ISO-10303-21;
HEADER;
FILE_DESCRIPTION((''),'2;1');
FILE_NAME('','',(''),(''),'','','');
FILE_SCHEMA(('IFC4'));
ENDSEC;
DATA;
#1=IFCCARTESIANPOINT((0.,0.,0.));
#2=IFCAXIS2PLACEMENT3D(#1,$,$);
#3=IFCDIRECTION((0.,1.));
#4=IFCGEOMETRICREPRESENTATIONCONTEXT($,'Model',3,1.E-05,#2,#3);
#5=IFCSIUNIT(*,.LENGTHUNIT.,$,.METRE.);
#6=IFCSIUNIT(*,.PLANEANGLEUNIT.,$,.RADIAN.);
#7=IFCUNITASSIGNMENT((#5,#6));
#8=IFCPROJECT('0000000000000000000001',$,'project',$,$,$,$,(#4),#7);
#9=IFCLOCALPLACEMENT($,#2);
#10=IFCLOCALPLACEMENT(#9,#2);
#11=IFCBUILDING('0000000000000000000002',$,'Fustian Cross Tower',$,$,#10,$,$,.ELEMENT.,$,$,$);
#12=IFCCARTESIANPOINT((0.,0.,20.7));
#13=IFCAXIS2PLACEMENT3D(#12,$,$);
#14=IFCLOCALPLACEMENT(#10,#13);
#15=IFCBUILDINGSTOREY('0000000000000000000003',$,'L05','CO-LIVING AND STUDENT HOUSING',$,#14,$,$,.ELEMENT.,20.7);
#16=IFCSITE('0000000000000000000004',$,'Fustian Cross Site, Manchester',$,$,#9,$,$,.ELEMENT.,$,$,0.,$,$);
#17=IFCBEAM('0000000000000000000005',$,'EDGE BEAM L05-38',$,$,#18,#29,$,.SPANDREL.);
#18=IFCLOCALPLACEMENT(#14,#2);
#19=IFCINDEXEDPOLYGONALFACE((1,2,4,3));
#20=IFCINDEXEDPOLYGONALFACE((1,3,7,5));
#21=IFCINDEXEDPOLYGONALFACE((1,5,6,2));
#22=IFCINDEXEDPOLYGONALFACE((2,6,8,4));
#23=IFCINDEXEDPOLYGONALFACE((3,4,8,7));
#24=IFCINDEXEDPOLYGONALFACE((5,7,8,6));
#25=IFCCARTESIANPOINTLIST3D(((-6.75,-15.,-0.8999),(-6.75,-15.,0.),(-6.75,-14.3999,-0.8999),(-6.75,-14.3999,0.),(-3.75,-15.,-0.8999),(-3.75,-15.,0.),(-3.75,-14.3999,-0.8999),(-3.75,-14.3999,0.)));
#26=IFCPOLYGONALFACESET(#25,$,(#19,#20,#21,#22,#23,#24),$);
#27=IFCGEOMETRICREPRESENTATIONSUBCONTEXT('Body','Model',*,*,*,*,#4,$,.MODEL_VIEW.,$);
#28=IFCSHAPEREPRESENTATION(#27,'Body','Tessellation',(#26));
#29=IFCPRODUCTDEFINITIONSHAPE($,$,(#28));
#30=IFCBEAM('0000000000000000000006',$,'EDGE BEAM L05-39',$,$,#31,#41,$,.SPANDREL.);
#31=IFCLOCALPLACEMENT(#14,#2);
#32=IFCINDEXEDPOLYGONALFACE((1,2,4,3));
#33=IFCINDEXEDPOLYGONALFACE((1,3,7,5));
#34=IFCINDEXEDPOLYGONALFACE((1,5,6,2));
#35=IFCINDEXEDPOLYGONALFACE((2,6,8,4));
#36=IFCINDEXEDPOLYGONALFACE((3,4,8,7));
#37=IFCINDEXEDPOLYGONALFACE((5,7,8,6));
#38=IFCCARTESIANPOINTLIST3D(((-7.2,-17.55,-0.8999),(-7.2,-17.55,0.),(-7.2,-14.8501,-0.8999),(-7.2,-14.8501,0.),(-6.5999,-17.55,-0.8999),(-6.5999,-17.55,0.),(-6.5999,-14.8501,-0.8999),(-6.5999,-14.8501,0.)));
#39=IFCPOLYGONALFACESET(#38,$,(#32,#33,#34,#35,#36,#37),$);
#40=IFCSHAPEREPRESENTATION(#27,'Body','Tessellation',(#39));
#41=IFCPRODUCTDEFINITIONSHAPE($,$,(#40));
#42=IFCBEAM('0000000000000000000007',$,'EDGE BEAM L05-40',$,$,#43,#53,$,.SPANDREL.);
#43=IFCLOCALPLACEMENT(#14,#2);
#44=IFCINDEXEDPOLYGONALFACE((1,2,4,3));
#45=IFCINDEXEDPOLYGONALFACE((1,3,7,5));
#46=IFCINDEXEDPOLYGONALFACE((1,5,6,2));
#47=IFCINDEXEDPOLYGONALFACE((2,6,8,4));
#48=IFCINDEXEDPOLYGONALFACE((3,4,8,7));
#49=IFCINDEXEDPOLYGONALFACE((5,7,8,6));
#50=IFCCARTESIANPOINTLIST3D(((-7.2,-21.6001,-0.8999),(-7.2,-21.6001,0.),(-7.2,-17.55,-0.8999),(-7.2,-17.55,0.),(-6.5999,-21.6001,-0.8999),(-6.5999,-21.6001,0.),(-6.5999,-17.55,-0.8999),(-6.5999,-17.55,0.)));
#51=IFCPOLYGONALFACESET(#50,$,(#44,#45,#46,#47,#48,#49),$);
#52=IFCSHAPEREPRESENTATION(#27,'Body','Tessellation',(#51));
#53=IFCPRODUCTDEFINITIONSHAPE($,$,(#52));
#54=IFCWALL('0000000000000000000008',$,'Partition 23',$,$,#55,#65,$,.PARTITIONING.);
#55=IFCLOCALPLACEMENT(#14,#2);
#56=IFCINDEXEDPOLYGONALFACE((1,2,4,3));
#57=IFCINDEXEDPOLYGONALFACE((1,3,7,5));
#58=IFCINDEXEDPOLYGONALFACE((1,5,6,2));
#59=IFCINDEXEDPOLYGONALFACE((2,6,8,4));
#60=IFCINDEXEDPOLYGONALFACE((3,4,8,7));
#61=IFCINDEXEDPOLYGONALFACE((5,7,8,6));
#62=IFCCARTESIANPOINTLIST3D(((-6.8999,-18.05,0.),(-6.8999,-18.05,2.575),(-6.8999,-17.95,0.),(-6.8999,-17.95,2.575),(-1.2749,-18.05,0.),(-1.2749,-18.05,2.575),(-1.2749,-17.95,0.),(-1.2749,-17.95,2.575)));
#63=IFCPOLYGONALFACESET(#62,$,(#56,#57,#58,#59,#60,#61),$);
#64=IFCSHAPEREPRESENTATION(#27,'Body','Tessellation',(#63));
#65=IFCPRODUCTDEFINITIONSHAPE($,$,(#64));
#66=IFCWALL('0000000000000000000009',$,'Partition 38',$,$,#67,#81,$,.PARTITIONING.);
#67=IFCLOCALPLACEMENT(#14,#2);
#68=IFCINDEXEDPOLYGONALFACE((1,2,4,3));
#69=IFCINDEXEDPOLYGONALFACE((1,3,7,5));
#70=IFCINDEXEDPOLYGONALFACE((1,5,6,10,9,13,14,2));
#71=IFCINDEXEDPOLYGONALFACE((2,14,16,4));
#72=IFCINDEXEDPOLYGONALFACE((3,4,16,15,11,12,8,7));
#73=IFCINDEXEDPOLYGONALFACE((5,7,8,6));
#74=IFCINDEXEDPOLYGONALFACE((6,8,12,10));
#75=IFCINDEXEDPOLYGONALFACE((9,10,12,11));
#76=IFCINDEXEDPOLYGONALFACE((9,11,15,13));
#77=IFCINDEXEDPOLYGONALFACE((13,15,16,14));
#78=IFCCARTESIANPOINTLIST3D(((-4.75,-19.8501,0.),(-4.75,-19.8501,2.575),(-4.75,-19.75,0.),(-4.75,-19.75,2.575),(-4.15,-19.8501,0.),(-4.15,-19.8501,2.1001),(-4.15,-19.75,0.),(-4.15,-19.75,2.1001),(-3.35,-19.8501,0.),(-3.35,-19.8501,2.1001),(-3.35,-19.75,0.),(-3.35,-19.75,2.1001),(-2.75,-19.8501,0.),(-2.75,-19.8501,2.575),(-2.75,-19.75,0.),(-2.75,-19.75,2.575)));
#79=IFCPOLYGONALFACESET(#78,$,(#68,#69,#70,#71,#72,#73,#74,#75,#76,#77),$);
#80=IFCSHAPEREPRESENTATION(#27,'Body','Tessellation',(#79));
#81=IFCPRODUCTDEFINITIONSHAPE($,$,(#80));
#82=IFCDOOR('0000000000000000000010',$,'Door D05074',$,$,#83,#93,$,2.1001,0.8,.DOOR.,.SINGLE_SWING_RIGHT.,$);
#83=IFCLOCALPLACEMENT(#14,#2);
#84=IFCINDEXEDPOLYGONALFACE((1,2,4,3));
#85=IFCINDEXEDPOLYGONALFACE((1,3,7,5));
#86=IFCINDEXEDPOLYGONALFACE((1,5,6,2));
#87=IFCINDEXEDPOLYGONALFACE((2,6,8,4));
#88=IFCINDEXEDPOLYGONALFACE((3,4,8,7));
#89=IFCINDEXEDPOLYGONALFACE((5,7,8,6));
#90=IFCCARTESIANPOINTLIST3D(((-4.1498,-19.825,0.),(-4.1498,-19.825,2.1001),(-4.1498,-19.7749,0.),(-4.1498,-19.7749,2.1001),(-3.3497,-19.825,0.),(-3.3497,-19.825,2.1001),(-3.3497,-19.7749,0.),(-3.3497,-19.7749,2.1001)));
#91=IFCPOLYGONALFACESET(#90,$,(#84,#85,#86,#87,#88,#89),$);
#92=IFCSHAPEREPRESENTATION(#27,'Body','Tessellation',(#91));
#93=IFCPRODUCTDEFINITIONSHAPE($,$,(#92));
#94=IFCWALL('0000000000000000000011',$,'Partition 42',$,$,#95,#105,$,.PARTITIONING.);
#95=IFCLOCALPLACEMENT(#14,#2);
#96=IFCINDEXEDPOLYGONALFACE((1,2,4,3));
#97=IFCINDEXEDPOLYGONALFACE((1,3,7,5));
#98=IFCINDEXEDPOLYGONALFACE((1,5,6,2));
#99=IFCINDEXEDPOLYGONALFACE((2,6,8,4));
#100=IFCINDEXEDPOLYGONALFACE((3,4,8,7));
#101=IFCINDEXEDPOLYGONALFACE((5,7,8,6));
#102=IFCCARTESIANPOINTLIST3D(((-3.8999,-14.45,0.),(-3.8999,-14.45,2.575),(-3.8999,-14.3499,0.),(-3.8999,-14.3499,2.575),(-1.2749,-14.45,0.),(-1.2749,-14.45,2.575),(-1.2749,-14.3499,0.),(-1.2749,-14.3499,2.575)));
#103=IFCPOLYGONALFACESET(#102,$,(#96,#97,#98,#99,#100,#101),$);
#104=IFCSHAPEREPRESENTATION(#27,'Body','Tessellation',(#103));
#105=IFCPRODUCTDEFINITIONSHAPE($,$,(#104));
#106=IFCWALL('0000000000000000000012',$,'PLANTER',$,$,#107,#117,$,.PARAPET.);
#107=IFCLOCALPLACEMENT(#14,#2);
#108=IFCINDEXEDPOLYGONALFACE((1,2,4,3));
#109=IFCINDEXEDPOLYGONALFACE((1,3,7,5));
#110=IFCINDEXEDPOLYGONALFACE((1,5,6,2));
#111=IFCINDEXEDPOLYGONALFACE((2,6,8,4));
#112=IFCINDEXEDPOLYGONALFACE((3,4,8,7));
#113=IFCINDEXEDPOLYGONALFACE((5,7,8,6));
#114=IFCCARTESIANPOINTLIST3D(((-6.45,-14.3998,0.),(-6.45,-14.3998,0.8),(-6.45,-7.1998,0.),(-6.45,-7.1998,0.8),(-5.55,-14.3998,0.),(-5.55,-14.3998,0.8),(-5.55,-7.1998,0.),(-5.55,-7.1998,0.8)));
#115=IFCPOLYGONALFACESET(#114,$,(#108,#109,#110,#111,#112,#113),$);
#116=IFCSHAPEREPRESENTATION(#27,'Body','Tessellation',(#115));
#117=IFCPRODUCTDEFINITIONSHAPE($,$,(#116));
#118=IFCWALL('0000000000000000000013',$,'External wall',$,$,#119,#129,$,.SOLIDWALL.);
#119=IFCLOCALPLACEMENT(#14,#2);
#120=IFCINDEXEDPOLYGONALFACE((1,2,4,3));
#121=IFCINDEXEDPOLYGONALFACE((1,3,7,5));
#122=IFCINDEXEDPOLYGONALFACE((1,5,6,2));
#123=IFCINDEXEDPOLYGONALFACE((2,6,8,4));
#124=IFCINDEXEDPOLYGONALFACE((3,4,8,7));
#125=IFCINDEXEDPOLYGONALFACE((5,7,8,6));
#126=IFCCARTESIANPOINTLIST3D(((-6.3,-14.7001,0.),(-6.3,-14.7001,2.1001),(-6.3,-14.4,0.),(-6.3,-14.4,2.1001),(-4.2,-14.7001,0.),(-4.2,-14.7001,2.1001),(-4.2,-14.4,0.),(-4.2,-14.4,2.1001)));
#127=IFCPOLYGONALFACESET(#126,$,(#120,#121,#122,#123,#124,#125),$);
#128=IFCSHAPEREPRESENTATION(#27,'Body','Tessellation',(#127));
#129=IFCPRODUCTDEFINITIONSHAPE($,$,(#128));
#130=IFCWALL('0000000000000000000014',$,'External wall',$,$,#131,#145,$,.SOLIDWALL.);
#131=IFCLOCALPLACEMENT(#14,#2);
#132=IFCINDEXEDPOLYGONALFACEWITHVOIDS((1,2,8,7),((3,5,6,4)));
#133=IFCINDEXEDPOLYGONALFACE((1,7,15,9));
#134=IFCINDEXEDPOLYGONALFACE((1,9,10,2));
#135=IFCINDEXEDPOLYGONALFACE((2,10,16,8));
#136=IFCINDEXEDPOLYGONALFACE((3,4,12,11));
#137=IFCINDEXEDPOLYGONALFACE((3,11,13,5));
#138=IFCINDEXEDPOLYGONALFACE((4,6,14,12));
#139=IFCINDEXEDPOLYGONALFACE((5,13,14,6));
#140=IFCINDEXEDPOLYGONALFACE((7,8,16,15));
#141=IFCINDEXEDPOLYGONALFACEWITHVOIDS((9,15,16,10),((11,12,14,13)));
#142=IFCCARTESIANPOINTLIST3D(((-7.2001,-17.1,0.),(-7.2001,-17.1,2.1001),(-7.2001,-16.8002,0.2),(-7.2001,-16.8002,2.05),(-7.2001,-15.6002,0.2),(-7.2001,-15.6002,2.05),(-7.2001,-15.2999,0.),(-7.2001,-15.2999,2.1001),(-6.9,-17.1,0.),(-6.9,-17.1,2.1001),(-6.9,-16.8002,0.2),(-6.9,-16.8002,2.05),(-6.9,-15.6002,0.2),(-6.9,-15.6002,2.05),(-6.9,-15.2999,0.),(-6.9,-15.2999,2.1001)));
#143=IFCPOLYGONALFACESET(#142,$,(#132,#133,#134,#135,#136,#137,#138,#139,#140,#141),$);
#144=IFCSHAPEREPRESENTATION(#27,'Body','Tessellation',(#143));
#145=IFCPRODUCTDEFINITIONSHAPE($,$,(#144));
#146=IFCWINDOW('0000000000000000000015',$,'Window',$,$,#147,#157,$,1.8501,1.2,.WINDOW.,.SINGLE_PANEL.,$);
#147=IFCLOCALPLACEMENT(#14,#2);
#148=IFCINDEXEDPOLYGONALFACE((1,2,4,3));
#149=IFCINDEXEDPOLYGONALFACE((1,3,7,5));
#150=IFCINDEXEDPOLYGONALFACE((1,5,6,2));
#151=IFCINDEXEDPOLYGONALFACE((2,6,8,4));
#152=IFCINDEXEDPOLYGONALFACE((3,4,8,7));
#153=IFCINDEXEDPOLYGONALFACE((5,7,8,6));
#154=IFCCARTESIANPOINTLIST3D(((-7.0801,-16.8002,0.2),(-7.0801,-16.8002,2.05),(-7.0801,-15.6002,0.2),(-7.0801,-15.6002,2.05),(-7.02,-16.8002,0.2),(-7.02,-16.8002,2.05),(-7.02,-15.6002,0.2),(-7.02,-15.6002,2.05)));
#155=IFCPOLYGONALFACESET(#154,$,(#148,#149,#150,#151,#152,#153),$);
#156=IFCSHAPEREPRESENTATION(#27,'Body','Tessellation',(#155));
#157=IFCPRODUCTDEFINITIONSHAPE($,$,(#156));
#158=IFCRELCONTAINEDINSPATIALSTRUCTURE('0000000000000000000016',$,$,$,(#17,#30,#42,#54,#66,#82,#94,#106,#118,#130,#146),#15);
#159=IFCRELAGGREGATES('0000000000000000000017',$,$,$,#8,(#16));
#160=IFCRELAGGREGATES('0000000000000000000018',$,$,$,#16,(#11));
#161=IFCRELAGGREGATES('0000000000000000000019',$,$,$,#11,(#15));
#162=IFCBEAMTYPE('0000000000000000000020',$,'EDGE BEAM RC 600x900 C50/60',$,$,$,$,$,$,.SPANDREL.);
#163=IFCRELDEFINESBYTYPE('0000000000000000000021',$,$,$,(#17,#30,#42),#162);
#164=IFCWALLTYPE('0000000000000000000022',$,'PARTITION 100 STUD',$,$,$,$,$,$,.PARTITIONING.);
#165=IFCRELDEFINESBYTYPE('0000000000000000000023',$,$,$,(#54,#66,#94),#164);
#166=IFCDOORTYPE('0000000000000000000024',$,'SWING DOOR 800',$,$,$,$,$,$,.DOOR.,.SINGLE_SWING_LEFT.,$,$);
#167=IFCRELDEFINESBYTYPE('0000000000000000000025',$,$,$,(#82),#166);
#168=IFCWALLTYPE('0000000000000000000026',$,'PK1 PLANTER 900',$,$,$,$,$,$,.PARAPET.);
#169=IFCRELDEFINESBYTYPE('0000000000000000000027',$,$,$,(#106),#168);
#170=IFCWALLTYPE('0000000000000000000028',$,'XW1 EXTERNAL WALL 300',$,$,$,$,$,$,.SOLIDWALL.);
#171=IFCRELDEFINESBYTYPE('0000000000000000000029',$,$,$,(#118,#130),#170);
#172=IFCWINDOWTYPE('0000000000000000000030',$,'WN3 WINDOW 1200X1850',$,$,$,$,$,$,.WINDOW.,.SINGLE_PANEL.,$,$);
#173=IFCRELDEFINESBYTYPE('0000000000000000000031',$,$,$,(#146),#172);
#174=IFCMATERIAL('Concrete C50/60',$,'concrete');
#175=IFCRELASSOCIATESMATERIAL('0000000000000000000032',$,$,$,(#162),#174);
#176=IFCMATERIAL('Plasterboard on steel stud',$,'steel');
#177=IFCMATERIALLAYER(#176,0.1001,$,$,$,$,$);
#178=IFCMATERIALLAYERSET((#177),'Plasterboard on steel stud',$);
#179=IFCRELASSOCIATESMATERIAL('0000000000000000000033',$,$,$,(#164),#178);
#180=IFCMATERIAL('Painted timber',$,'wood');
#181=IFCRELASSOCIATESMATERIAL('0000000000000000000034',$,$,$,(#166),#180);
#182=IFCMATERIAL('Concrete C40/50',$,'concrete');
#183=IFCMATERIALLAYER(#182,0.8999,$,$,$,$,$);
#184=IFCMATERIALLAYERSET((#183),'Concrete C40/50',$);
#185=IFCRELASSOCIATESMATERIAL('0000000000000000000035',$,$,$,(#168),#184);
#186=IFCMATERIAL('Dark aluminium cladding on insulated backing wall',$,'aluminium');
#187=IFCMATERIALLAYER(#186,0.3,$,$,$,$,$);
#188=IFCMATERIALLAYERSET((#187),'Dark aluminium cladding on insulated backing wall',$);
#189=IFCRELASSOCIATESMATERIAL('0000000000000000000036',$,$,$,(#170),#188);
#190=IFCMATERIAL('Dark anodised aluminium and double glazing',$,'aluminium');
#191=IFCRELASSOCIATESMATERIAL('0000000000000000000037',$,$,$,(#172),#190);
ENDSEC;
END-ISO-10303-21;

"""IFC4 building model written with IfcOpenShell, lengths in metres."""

from ifc_helpers import new_model, si_unit, direction, frame, frame_2d, origin, origin_2d, place, context, subcontext, project, spatial, rectangle, extrude, material, layer, layer_set, material_profile, profile_set, type_object, element, fill, save


model = new_model("IFC4")

# Units and contexts
model_context = context("Model", 3, precision=1e-05, world=origin(), true_north=direction((0.0, 1.0)))
body_context = subcontext(model_context, "Body", "Model", "MODEL_VIEW")
ifc_project = project(units=[si_unit("LENGTHUNIT", "METRE"), si_unit("PLANEANGLEUNIT", "RADIAN")], contexts=[model_context])

# Site, building, storey
site_placement = place(None, origin())
site = spatial("IfcSite", under=ifc_project, at=site_placement, Name="Fustian Cross Site, Manchester", CompositionType="ELEMENT", RefElevation=0.0)
building_placement = place(site_placement, origin())
building = spatial("IfcBuilding", under=site, at=building_placement, Name="Fustian Cross Tower", CompositionType="ELEMENT")
storey_placement = place(building_placement, frame((0.0, 0.0, 20.7)))
storey = spatial("IfcBuildingStorey", under=building, at=storey_placement, Name="L05", Description="CO-LIVING AND STUDENT HOUSING", CompositionType="ELEMENT", Elevation=20.7)

# Beams
ifc_material_1 = material(Name="Concrete C50/60", Category="concrete")
ifc_material_profile_1 = material_profile(ifc_material_1, rectangle(XDim=0.6001, YDim=0.8999, at=origin_2d()), Name="RC 600x900")
ifc_profile_set_1 = profile_set([ifc_material_profile_1], Name="Concrete C50/60")
beam_type = type_object("IfcBeamType", Name="EDGE BEAM RC 600x900 C50/60", PredefinedType="SPANDREL", material=ifc_profile_set_1)
beam_1_placement = place(storey_placement, frame((-3.75, -14.7, -0.45), z_axis=(-1.0, 0.0, 0.0), x_axis=(0.0, -1.0, 0.0)))
element("IfcBeam", 1, at=beam_1_placement, inside=storey, type_object=beam_type, Name="EDGE BEAM L05-38", PredefinedType="SPANDREL", context=body_context, shape_type="SweptSolid", body=[
    extrude(rectangle(XDim=0.6001, YDim=0.8999, at=origin_2d()), origin(), (0.0, 0.0, 1.0), 3.0),
])
beam_2_placement = place(storey_placement, frame((-6.8999, -14.8501, -0.45), z_axis=(0.0, -1.0, 0.0), x_axis=(1.0, 0.0, 0.0)))
element("IfcBeam", 2, at=beam_2_placement, inside=storey, type_object=beam_type, Name="EDGE BEAM L05-39", PredefinedType="SPANDREL", context=body_context, shape_type="SweptSolid", body=[
    extrude(rectangle(XDim=0.6001, YDim=0.8999, at=origin_2d()), origin(), (0.0, 0.0, 1.0), 2.7),
])
beam_3_placement = place(storey_placement, frame((-6.8999, -17.55, -0.45), z_axis=(0.0, -1.0, 0.0), x_axis=(1.0, 0.0, 0.0)))
element("IfcBeam", 3, at=beam_3_placement, inside=storey, type_object=beam_type, Name="EDGE BEAM L05-40", PredefinedType="SPANDREL", context=body_context, shape_type="SweptSolid", body=[
    extrude(rectangle(XDim=0.6001, YDim=0.8999, at=origin_2d()), origin(), (0.0, 0.0, 1.0), 4.05),
])

# Wall
ifc_material_2 = material(Name="Plasterboard on steel stud", Category="steel")
ifc_layer_1 = layer(ifc_material_2, 0.1001)
ifc_layer_set_1 = layer_set([ifc_layer_1], Name="Plasterboard on steel stud")
wall_type_1 = type_object("IfcWallType", Name="PARTITION 100 STUD", PredefinedType="PARTITIONING", material=ifc_layer_set_1)
wall_1_placement = place(storey_placement, frame((-6.8999, -18.0, 0.0), z_axis=(0.0, 0.0, 1.0), x_axis=(1.0, 0.0, 0.0)))
element("IfcWall", 4, at=wall_1_placement, inside=storey, type_object=wall_type_1, Name="Partition 23", PredefinedType="PARTITIONING", context=body_context, shape_type="SweptSolid", body=[
    extrude(rectangle(XDim=5.625, YDim=0.1001, at=frame_2d((2.8125, 0.0))), origin(), (0.0, 0.0, 1.0), 2.575),
])

# Wall, opening, door
wall_2_placement = place(storey_placement, frame((-4.75, -19.8, 0.0), z_axis=(0.0, 0.0, 1.0), x_axis=(1.0, 0.0, 0.0)))
wall_2 = element("IfcWall", 5, at=wall_2_placement, inside=storey, type_object=wall_type_1, Name="Partition 38", PredefinedType="PARTITIONING", context=body_context, shape_type="SweptSolid", body=[
    extrude(rectangle(XDim=2.0, YDim=0.1001, at=frame_2d((1.0, 0.0))), origin(), (0.0, 0.0, 1.0), 2.575),
])
opening_1_placement = place(wall_2_placement, frame((0.6001, 0.0, 0.0)))
opening_1 = element("IfcOpeningElement", 6, at=opening_1_placement, cuts=wall_2, PredefinedType="OPENING", context=body_context, shape_type="SweptSolid", body=[
    extrude(rectangle(XDim=0.8, YDim=2.1001, at=frame_2d((0.3999, 1.05))), frame((0.0, 0.0601, 0.0), z_axis=(0.0, -1.0, 0.0), x_axis=(1.0, 0.0, 0.0)), (0.0, 0.0, 1.0), 0.1201),
])
ifc_material_3 = material(Name="Painted timber", Category="wood")
door_type = type_object("IfcDoorType", Name="SWING DOOR 800", OperationType="SINGLE_SWING_LEFT", PredefinedType="DOOR", material=ifc_material_3)
door_placement = place(opening_1_placement, frame((0.8, 0.0, 0.0), z_axis=(0.0, 0.0, 1.0), x_axis=(-1.0, 0.0, 0.0)))
door = element("IfcDoor", 7, at=door_placement, inside=storey, type_object=door_type, Name="Door D05074", OperationType="SINGLE_SWING_RIGHT", OverallHeight=2.1001, OverallWidth=0.8, PredefinedType="DOOR", context=body_context, shape_type="SweptSolid", body=[
    extrude(rectangle(XDim=0.8, YDim=2.1001, at=frame_2d((0.3999, 1.05))), frame((0.0, 0.0249, 0.0), z_axis=(0.0, -1.0, 0.0), x_axis=(1.0, 0.0, 0.0)), (0.0, 0.0, 1.0), 0.05),
])
fill(opening_1, door)

# Walls
wall_3_placement = place(storey_placement, frame((-3.8999, -14.3999, 0.0), z_axis=(0.0, 0.0, 1.0), x_axis=(1.0, 0.0, 0.0)))
element("IfcWall", 8, at=wall_3_placement, inside=storey, type_object=wall_type_1, Name="Partition 42", PredefinedType="PARTITIONING", context=body_context, shape_type="SweptSolid", body=[
    extrude(rectangle(XDim=2.625, YDim=0.1001, at=frame_2d((1.3125, 0.0))), origin(), (0.0, 0.0, 1.0), 2.575),
])
ifc_material_4 = material(Name="Concrete C40/50", Category="concrete")
ifc_layer_2 = layer(ifc_material_4, 0.8999)
ifc_layer_set_2 = layer_set([ifc_layer_2], Name="Concrete C40/50")
wall_type_2 = type_object("IfcWallType", Name="PK1 PLANTER 900", PredefinedType="PARAPET", material=ifc_layer_set_2)
wall_4_placement = place(storey_placement, frame((-6.0, -14.3999, 0.0), z_axis=(0.0, 0.0, 1.0), x_axis=(0.0, 1.0, 0.0)))
element("IfcWall", 9, at=wall_4_placement, inside=storey, type_object=wall_type_2, Name="PLANTER", PredefinedType="PARAPET", context=body_context, shape_type="SweptSolid", body=[
    extrude(rectangle(XDim=7.2, YDim=0.8999, at=frame_2d((3.6001, 0.0))), origin(), (0.0, 0.0, 1.0), 0.8),
])
ifc_material_5 = material(Name="Dark aluminium cladding on insulated backing wall", Category="aluminium")
ifc_layer_3 = layer(ifc_material_5, 0.3)
ifc_layer_set_3 = layer_set([ifc_layer_3], Name="Dark aluminium cladding on insulated backing wall")
wall_type_3 = type_object("IfcWallType", Name="XW1 EXTERNAL WALL 300", PredefinedType="SOLIDWALL", material=ifc_layer_set_3)
wall_5_placement = place(storey_placement, frame((-4.2, -14.55, 0.0), z_axis=(0.0, 0.0, 1.0), x_axis=(-1.0, 0.0, 0.0)))
element("IfcWall", 10, at=wall_5_placement, inside=storey, type_object=wall_type_3, Name="External wall", PredefinedType="SOLIDWALL", context=body_context, shape_type="SweptSolid", body=[
    extrude(rectangle(XDim=2.1001, YDim=0.3, at=frame_2d((1.05, 0.0))), origin(), (0.0, 0.0, 1.0), 2.1001),
])

# Wall, opening, window
wall_6_placement = place(storey_placement, frame((-7.05, -15.3, 0.0), z_axis=(0.0, 0.0, 1.0), x_axis=(0.0, -1.0, 0.0)))
wall_6 = element("IfcWall", 11, at=wall_6_placement, inside=storey, type_object=wall_type_3, Name="External wall", PredefinedType="SOLIDWALL", context=body_context, shape_type="SweptSolid", body=[
    extrude(rectangle(XDim=1.8, YDim=0.3, at=frame_2d((0.8999, 0.0))), origin(), (0.0, 0.0, 1.0), 2.1001),
])
opening_2_placement = place(wall_6_placement, frame((0.3, 0.0, 0.2)))
opening_2 = element("IfcOpeningElement", 12, at=opening_2_placement, cuts=wall_6, PredefinedType="OPENING", context=body_context, shape_type="SweptSolid", body=[
    extrude(rectangle(XDim=1.2, YDim=1.8501, at=frame_2d((0.6001, 0.925))), frame((0.0, 0.1599, 0.0), z_axis=(0.0, -1.0, 0.0), x_axis=(1.0, 0.0, 0.0)), (0.0, 0.0, 1.0), 0.3201),
])
ifc_material_6 = material(Name="Dark anodised aluminium and double glazing", Category="aluminium")
window_type = type_object("IfcWindowType", Name="WN3 WINDOW 1200X1850", PartitioningType="SINGLE_PANEL", PredefinedType="WINDOW", material=ifc_material_6)
window_1_placement = place(opening_2_placement, origin())
window_1 = element("IfcWindow", 13, at=window_1_placement, inside=storey, type_object=window_type, Name="Window", OverallHeight=1.8501, OverallWidth=1.2, PartitioningType="SINGLE_PANEL", PredefinedType="WINDOW", context=body_context, shape_type="SweptSolid", body=[
    extrude(rectangle(XDim=1.2, YDim=1.8501, at=frame_2d((0.6001, 0.925))), frame((0.0, 0.03, 0.0), z_axis=(0.0, -1.0, 0.0), x_axis=(1.0, 0.0, 0.0)), (0.0, 0.0, 1.0), 0.0601),
])
fill(opening_2, window_1)

save(model, "model.ifc")
